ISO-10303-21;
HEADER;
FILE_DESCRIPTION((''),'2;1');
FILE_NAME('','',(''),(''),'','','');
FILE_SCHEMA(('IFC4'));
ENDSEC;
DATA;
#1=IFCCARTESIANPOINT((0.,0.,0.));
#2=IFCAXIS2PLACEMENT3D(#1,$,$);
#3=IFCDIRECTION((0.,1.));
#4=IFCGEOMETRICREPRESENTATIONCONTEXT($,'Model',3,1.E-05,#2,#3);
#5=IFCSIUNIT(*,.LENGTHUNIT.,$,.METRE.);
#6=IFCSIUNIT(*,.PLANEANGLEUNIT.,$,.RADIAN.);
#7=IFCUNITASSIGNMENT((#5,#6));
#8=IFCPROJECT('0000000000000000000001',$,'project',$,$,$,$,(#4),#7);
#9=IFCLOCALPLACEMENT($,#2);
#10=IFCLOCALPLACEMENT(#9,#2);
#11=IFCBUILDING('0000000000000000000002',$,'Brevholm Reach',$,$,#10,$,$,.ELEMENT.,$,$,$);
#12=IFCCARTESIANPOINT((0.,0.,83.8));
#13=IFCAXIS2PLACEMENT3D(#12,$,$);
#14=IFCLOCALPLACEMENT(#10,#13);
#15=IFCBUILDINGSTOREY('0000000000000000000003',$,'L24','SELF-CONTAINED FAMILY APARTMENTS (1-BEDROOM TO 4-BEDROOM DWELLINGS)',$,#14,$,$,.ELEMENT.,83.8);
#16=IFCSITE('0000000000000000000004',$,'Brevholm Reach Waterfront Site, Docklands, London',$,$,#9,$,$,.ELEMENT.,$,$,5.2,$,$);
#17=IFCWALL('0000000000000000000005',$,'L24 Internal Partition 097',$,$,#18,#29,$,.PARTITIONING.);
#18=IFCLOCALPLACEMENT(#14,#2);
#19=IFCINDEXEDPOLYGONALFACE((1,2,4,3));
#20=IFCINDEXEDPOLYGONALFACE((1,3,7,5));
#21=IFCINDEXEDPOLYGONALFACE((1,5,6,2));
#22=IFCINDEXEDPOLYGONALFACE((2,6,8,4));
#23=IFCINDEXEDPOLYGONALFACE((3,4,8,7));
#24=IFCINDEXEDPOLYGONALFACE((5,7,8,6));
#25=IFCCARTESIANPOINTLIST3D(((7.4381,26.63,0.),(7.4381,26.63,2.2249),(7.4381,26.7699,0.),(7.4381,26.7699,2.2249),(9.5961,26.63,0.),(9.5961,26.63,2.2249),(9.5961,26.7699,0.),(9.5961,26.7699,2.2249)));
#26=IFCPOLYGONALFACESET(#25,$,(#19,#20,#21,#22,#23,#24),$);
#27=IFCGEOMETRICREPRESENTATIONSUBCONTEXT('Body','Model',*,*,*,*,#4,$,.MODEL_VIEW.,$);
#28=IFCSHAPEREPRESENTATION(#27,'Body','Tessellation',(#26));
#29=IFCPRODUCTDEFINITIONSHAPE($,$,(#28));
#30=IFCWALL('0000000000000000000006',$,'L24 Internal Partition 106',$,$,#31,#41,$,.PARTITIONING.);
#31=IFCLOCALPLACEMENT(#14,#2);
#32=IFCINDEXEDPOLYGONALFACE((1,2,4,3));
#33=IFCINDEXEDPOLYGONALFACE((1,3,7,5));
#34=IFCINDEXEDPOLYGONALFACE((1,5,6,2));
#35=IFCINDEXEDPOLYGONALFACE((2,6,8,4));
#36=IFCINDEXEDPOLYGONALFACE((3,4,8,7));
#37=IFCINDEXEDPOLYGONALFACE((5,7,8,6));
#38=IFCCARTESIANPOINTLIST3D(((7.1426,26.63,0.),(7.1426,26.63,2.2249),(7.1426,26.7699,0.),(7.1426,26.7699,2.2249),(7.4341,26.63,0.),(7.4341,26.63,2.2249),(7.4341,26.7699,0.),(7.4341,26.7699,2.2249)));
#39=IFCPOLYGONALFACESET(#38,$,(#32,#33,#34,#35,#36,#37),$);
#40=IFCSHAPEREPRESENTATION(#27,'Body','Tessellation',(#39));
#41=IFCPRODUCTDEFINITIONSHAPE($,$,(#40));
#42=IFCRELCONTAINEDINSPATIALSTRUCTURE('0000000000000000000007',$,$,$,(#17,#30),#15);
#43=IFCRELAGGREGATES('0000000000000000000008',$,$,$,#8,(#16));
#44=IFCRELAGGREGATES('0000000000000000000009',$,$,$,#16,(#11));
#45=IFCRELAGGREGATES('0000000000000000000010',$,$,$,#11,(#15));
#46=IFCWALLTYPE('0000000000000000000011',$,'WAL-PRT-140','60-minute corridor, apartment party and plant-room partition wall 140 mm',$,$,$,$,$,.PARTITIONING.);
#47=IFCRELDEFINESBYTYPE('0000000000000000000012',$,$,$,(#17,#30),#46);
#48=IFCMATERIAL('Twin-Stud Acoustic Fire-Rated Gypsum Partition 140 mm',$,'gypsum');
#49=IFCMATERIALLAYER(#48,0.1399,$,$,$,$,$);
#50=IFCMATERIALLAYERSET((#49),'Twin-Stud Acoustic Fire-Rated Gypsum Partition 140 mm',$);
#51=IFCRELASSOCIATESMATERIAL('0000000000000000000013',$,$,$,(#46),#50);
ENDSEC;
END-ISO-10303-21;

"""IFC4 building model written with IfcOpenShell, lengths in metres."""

from ifc_helpers import new_model, si_unit, direction, frame, frame_2d, origin, place, context, subcontext, project, spatial, rectangle, extrude, material, layer, layer_set, type_object, element, save


model = new_model("IFC4")

# Units and contexts
model_context = context("Model", 3, precision=1e-05, world=origin(), true_north=direction((0.0, 1.0)))
body_context = subcontext(model_context, "Body", "Model", "MODEL_VIEW")
ifc_project = project(units=[si_unit("LENGTHUNIT", "METRE"), si_unit("PLANEANGLEUNIT", "RADIAN")], contexts=[model_context])

# Site, building, storey
site_placement = place(None, origin())
site = spatial("IfcSite", under=ifc_project, at=site_placement, Name="Brevholm Reach Waterfront Site, Docklands, London", CompositionType="ELEMENT", RefElevation=5.2)
building_placement = place(site_placement, origin())
building = spatial("IfcBuilding", under=site, at=building_placement, Name="Brevholm Reach", CompositionType="ELEMENT")
storey_placement = place(building_placement, frame((0.0, 0.0, 83.8)))
storey = spatial("IfcBuildingStorey", under=building, at=storey_placement, Name="L24", Description="SELF-CONTAINED FAMILY APARTMENTS (1-BEDROOM TO 4-BEDROOM DWELLINGS)", CompositionType="ELEMENT", Elevation=83.8)

# Walls
ifc_material_1 = material(Name="Twin-Stud Acoustic Fire-Rated Gypsum Partition 140 mm", Category="gypsum")
ifc_layer_1 = layer(ifc_material_1, 0.1399)
ifc_layer_set_1 = layer_set([ifc_layer_1], Name="Twin-Stud Acoustic Fire-Rated Gypsum Partition 140 mm")
wall_type_1 = type_object("IfcWallType", Name="WAL-PRT-140", Description="60-minute corridor, apartment party and plant-room partition wall 140 mm", PredefinedType="PARTITIONING", material=ifc_layer_set_1)
wall_1_placement = place(storey_placement, frame((7.438, 26.7, 0.0), z_axis=(0.0, 0.0, 1.0), x_axis=(1.0, 0.0, 0.0)))
element("IfcWall", 1, at=wall_1_placement, inside=storey, type_object=wall_type_1, Name="L24 Internal Partition 097", PredefinedType="PARTITIONING", context=body_context, shape_type="SweptSolid", body=[
    extrude(rectangle(XDim=2.158, YDim=0.1399, at=frame_2d((1.0791, 0.0))), origin(), (0.0, 0.0, 1.0), 2.2249),
])
wall_2_placement = place(storey_placement, frame((7.1426, 26.7, 0.0), z_axis=(0.0, 0.0, 1.0), x_axis=(1.0, 0.0, 0.0)))
element("IfcWall", 2, at=wall_2_placement, inside=storey, type_object=wall_type_1, Name="L24 Internal Partition 106", PredefinedType="PARTITIONING", context=body_context, shape_type="SweptSolid", body=[
    extrude(rectangle(XDim=0.2915, YDim=0.1399, at=frame_2d((0.1458, 0.0))), origin(), (0.0, 0.0, 1.0), 2.2249),
])

save(model, "model.ifc")
